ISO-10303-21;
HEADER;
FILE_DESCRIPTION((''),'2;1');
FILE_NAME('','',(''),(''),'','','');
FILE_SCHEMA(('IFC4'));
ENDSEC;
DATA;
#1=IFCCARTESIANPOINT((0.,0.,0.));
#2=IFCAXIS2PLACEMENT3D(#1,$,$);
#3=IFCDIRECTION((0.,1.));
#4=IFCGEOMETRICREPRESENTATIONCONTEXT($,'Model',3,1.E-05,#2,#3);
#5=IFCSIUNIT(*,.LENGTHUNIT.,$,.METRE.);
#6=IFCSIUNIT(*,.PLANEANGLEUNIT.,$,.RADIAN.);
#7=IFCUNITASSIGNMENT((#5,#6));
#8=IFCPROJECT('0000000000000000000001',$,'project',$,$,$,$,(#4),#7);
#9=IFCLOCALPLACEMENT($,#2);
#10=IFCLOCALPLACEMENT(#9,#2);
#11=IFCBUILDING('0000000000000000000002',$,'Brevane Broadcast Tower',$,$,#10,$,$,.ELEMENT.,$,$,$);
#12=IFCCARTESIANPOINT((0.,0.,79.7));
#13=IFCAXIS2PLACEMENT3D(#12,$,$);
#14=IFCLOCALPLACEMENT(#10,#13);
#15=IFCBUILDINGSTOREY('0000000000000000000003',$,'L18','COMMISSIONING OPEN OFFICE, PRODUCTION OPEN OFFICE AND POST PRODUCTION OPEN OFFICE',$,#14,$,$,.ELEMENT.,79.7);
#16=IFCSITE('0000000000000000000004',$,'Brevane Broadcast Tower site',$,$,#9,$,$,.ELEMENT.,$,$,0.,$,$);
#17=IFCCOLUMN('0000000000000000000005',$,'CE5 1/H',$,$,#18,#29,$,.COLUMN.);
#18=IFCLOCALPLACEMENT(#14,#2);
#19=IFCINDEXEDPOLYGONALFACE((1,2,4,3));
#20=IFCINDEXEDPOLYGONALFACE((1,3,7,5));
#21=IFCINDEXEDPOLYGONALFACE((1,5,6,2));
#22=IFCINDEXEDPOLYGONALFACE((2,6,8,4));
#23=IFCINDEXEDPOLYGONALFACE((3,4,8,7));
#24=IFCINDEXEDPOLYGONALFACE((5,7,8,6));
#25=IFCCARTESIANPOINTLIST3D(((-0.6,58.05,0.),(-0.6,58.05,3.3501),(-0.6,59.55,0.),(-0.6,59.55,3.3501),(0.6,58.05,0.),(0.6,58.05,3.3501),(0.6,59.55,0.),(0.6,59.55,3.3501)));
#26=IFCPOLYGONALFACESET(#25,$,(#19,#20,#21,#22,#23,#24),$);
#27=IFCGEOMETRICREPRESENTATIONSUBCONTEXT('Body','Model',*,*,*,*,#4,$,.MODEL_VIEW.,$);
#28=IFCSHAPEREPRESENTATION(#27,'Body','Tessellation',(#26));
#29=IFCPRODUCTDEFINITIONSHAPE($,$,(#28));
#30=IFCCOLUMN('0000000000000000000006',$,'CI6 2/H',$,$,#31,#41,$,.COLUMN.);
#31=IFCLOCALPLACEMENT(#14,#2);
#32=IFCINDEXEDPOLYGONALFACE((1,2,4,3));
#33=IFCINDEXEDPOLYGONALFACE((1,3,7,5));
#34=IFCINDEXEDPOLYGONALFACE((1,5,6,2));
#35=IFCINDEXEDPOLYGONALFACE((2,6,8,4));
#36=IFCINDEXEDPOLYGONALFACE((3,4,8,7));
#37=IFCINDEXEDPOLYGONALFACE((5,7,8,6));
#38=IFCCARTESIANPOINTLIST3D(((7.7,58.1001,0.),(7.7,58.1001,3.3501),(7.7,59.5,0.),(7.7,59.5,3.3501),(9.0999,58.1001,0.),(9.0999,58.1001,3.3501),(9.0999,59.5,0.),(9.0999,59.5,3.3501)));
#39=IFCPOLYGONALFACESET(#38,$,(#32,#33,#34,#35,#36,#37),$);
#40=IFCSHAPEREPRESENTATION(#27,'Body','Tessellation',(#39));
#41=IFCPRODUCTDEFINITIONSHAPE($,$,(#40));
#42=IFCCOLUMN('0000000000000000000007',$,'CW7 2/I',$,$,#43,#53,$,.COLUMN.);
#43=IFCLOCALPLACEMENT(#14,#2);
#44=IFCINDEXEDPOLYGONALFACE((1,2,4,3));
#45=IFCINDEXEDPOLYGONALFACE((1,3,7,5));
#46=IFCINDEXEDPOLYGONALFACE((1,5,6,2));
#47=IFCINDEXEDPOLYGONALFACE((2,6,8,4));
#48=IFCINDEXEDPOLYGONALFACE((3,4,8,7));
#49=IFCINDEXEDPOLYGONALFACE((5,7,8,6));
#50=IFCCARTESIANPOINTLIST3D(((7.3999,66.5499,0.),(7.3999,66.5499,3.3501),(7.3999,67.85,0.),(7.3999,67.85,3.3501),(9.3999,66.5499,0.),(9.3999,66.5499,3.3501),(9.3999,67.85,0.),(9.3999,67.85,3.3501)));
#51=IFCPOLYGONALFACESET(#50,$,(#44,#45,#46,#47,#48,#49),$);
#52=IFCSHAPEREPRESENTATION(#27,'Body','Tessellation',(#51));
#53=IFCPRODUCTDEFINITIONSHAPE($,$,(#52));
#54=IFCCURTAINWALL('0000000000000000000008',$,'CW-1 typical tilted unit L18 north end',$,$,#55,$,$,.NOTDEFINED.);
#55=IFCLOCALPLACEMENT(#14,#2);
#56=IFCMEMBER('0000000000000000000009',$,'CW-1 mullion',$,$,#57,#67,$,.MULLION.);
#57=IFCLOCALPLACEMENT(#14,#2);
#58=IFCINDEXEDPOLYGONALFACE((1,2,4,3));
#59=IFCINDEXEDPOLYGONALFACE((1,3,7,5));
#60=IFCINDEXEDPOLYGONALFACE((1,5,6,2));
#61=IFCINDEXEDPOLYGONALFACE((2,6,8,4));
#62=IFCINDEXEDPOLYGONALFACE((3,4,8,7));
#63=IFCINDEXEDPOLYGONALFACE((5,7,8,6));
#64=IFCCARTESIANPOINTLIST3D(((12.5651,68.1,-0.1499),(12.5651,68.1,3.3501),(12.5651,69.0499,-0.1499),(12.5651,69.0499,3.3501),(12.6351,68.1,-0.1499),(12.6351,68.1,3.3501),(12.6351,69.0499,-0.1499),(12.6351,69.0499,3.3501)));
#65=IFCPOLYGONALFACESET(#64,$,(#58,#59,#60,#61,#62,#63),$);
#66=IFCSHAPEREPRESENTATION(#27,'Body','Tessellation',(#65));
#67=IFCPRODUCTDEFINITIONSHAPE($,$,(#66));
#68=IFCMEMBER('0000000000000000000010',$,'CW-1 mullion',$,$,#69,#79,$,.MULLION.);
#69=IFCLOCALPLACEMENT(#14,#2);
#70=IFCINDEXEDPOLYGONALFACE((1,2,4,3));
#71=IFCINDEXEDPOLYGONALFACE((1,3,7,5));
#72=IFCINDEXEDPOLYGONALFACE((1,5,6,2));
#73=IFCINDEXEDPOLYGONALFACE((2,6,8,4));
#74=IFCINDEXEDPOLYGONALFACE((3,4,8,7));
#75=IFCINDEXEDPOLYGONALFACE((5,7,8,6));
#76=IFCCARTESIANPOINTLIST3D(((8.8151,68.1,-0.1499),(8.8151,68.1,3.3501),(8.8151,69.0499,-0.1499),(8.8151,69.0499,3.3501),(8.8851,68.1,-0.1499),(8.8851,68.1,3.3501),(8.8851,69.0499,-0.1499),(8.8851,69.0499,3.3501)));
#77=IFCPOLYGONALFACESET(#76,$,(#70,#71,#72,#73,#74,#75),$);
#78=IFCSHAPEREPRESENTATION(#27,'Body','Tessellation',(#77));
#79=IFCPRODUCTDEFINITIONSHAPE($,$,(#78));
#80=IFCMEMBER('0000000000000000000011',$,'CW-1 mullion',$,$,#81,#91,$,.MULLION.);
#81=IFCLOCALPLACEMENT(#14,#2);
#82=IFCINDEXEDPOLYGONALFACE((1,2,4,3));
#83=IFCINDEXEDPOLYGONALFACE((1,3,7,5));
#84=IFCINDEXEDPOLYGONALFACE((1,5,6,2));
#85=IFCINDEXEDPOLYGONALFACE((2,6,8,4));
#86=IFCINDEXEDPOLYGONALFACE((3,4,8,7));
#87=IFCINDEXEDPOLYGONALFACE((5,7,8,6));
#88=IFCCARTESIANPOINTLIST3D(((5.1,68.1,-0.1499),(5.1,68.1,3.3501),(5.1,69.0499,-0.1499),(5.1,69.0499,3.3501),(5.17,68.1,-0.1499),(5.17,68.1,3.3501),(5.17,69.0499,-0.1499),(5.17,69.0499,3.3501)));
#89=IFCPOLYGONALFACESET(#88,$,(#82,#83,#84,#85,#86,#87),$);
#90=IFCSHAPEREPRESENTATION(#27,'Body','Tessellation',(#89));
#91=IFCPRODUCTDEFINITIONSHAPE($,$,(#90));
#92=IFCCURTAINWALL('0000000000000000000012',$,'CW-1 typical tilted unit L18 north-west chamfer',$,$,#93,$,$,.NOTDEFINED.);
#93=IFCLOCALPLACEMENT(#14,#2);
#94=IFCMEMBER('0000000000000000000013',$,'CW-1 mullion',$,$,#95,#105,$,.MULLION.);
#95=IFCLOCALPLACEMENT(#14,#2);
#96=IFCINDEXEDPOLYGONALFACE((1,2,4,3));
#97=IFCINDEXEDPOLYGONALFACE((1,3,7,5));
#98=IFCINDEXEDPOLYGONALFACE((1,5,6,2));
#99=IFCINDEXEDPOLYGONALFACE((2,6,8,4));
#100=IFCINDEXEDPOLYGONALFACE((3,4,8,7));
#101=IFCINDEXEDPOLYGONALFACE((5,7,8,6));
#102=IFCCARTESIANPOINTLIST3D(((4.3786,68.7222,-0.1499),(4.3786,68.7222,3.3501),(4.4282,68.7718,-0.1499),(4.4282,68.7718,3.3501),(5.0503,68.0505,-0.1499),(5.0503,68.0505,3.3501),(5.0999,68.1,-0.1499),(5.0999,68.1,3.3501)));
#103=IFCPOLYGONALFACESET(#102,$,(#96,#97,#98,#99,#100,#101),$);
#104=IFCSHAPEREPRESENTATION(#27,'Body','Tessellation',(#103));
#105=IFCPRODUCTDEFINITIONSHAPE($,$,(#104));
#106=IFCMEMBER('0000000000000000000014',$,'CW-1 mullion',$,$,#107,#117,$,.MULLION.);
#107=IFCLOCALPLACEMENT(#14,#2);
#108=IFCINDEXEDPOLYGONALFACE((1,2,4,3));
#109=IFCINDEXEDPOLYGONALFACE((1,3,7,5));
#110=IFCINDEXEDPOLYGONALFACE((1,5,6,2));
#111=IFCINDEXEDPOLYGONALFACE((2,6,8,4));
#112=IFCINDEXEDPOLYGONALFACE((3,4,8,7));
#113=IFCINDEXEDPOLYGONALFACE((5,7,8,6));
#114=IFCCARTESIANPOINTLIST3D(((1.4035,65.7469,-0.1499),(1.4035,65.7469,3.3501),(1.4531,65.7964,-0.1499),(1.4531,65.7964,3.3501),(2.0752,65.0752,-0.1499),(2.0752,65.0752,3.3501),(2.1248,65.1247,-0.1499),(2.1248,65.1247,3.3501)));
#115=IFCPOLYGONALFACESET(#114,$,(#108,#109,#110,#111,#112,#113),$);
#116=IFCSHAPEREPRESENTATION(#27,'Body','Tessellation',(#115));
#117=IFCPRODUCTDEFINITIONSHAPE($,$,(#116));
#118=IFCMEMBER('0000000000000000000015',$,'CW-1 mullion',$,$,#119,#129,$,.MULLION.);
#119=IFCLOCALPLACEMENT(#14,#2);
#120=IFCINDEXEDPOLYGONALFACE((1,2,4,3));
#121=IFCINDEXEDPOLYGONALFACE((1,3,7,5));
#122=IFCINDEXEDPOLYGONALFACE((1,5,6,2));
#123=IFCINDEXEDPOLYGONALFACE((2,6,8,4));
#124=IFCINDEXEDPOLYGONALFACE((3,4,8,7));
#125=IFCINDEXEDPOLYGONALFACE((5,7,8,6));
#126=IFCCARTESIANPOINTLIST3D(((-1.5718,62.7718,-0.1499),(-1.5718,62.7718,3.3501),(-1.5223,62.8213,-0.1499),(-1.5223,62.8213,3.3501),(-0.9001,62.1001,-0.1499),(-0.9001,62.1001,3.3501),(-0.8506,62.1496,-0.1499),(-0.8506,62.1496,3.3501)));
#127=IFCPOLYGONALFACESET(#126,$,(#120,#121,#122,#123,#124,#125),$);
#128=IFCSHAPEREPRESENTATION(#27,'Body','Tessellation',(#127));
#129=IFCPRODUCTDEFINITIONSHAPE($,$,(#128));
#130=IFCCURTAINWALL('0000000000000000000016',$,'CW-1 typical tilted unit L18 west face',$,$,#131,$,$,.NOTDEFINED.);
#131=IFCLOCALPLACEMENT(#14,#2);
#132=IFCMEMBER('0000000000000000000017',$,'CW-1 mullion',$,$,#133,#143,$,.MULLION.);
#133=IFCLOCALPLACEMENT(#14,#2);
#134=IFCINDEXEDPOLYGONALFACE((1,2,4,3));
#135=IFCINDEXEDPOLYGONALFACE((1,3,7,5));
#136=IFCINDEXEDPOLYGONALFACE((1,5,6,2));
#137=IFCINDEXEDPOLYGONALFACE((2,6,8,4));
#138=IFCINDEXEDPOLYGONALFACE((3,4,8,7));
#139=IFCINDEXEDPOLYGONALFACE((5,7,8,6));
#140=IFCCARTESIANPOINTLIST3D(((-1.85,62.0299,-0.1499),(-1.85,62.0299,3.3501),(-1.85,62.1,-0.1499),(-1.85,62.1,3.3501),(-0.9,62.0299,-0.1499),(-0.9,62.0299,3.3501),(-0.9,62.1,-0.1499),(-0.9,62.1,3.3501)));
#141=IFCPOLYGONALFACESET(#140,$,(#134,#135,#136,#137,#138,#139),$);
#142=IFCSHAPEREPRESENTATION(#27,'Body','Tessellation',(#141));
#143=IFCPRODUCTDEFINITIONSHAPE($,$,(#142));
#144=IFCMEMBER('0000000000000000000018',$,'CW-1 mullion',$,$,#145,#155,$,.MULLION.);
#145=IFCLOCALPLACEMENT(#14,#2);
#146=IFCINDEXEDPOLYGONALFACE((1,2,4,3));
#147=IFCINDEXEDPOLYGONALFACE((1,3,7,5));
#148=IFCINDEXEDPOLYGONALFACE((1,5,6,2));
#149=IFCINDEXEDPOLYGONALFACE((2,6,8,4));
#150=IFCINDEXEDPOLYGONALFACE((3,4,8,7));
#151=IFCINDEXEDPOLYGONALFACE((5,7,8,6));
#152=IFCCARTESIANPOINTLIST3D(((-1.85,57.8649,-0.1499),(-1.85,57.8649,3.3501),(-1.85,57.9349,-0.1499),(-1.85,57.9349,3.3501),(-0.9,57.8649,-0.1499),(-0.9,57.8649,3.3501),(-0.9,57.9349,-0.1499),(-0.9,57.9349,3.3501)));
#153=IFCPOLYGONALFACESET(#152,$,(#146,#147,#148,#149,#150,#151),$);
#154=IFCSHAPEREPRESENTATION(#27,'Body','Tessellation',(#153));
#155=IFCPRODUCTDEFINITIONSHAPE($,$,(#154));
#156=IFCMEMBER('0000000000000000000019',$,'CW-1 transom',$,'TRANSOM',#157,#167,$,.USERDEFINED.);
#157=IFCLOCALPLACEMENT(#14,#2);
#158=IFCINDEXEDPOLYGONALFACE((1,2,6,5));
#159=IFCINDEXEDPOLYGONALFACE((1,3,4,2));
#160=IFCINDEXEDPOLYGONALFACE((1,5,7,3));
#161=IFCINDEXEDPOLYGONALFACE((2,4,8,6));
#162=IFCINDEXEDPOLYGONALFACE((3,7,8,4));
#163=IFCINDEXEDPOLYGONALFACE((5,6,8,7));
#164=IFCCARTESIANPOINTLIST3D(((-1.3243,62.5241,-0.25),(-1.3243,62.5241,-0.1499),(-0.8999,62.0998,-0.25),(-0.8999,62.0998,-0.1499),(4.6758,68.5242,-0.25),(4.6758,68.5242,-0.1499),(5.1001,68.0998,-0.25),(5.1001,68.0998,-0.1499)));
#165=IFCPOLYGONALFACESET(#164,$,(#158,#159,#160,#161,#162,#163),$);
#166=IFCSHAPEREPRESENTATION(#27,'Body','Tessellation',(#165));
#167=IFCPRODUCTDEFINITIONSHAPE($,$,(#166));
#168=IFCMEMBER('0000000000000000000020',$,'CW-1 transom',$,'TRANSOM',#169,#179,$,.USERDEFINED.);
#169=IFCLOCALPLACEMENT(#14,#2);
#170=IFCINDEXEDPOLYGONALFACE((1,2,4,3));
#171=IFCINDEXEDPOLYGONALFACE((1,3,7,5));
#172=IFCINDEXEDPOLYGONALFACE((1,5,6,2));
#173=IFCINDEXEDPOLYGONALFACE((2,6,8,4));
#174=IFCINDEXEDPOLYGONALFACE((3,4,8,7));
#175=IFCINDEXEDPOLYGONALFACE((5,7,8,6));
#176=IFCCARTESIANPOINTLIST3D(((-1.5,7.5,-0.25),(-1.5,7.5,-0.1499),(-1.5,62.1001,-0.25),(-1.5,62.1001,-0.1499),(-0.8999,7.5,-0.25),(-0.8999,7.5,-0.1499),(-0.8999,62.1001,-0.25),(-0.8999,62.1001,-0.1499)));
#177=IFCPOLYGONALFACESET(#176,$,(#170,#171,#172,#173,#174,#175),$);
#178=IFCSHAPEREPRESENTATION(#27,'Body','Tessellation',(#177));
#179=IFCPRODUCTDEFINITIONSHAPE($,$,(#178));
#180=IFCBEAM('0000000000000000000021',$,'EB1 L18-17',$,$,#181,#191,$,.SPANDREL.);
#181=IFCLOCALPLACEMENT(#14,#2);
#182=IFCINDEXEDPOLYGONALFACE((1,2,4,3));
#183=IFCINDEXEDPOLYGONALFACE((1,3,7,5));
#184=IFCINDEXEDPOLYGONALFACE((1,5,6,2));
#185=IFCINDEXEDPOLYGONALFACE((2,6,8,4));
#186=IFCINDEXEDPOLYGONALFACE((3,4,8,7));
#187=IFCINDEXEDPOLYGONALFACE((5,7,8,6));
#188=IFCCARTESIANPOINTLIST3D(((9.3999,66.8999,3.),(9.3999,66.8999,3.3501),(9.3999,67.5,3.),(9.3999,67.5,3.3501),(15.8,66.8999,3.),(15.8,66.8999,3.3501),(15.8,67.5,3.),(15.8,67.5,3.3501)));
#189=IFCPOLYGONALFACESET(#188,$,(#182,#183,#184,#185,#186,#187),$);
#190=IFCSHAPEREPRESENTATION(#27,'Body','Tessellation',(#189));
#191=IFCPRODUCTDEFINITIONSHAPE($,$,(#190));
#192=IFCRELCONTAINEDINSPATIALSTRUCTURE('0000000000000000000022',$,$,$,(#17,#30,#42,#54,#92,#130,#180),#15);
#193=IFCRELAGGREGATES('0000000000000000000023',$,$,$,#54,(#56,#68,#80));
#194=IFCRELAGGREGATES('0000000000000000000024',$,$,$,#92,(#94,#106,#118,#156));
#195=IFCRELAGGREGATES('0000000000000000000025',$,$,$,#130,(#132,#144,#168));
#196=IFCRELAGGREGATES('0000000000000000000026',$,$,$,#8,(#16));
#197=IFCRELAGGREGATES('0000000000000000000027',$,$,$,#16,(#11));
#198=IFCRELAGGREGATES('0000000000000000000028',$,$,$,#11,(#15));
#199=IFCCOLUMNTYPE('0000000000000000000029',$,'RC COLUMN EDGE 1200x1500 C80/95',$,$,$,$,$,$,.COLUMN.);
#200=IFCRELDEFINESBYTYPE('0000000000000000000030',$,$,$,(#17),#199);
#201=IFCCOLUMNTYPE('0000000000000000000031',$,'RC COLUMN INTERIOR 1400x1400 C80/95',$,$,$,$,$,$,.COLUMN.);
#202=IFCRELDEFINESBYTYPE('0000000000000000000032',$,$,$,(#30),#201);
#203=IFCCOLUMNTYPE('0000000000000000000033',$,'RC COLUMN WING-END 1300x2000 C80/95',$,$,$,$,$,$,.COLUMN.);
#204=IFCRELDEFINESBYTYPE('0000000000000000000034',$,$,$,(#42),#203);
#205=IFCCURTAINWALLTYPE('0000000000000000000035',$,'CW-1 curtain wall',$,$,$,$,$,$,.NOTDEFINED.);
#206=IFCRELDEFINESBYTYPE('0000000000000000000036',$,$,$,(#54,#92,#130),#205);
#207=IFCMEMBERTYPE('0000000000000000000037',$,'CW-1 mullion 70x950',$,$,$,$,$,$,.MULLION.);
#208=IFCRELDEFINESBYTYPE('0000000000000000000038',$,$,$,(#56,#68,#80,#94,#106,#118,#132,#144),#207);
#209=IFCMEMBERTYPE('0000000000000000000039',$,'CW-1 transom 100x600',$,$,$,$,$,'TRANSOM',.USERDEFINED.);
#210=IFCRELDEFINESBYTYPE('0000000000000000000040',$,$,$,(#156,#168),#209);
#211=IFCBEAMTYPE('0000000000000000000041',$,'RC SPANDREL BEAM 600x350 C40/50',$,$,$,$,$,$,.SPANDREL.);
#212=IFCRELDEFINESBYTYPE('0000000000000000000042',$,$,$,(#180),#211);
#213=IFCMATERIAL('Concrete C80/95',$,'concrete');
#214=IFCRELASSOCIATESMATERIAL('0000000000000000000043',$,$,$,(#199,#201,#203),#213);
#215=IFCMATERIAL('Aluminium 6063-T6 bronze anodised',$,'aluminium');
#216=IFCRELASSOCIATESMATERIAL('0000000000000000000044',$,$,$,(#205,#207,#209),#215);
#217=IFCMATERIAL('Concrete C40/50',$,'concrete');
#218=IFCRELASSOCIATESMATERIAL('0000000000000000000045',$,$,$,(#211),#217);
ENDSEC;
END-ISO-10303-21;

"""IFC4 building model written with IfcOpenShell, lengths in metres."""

from ifc_helpers import new_model, si_unit, direction, frame, origin, origin_2d, place, context, subcontext, project, spatial, rectangle, extrude, material, material_profile, profile_set, type_object, element, aggregate, save


model = new_model("IFC4")

# Units and contexts
model_context = context("Model", 3, precision=1e-05, world=origin(), true_north=direction((0.0, 1.0)))
body_context = subcontext(model_context, "Body", "Model", "MODEL_VIEW")
ifc_project = project(units=[si_unit("LENGTHUNIT", "METRE"), si_unit("PLANEANGLEUNIT", "RADIAN")], contexts=[model_context])

# Site, building, storey
site_placement = place(None, origin())
site = spatial("IfcSite", under=ifc_project, at=site_placement, Name="Brevane Broadcast Tower site", CompositionType="ELEMENT", RefElevation=0.0)
building_placement = place(site_placement, origin())
building = spatial("IfcBuilding", under=site, at=building_placement, Name="Brevane Broadcast Tower", CompositionType="ELEMENT")
storey_placement = place(building_placement, frame((0.0, 0.0, 79.7)))
storey = spatial("IfcBuildingStorey", under=building, at=storey_placement, Name="L18", Description="COMMISSIONING OPEN OFFICE, PRODUCTION OPEN OFFICE AND POST PRODUCTION OPEN OFFICE", CompositionType="ELEMENT", Elevation=79.7)

# Columns
ifc_material_1 = material(Name="Concrete C80/95", Category="concrete")
ifc_material_profile_1 = material_profile(ifc_material_1, rectangle(XDim=1.2, YDim=1.5, at=origin_2d()), Name="RC 1200x1500")
ifc_profile_set_1 = profile_set([ifc_material_profile_1], Name="Concrete C80/95")
column_type_1 = type_object("IfcColumnType", Name="RC COLUMN EDGE 1200x1500 C80/95", PredefinedType="COLUMN", material=ifc_profile_set_1)
column_1_placement = place(storey_placement, frame((0.0, 58.8, 0.0), z_axis=(0.0, 0.0, 1.0), x_axis=(1.0, 0.0, 0.0)))
element("IfcColumn", 1, at=column_1_placement, inside=storey, type_object=column_type_1, Name="CE5 1/H", PredefinedType="COLUMN", context=body_context, shape_type="SweptSolid", body=[
    extrude(rectangle(XDim=1.2, YDim=1.5, at=origin_2d()), origin(), (0.0, 0.0, 1.0), 3.3501),
])
ifc_material_profile_2 = material_profile(ifc_material_1, rectangle(XDim=1.3999, YDim=1.3999, at=origin_2d()), Name="RC 1400x1400")
ifc_profile_set_2 = profile_set([ifc_material_profile_2], Name="Concrete C80/95")
column_type_2 = type_object("IfcColumnType", Name="RC COLUMN INTERIOR 1400x1400 C80/95", PredefinedType="COLUMN", material=ifc_profile_set_2)
column_2_placement = place(storey_placement, frame((8.3999, 58.8, 0.0), z_axis=(0.0, 0.0, 1.0), x_axis=(1.0, 0.0, 0.0)))
element("IfcColumn", 2, at=column_2_placement, inside=storey, type_object=column_type_2, Name="CI6 2/H", PredefinedType="COLUMN", context=body_context, shape_type="SweptSolid", body=[
    extrude(rectangle(XDim=1.3999, YDim=1.3999, at=origin_2d()), origin(), (0.0, 0.0, 1.0), 3.3501),
])
ifc_material_profile_3 = material_profile(ifc_material_1, rectangle(XDim=1.3, YDim=2.0, at=origin_2d()), Name="RC 1300x2000")
ifc_profile_set_3 = profile_set([ifc_material_profile_3], Name="Concrete C80/95")
column_type_3 = type_object("IfcColumnType", Name="RC COLUMN WING-END 1300x2000 C80/95", PredefinedType="COLUMN", material=ifc_profile_set_3)
column_3_placement = place(storey_placement, frame((8.3999, 67.2, 0.0), z_axis=(0.0, 0.0, 1.0), x_axis=(0.0, 1.0, 0.0)))
element("IfcColumn", 3, at=column_3_placement, inside=storey, type_object=column_type_3, Name="CW7 2/I", PredefinedType="COLUMN", context=body_context, shape_type="SweptSolid", body=[
    extrude(rectangle(XDim=1.3, YDim=2.0, at=origin_2d()), origin(), (0.0, 0.0, 1.0), 3.3501),
])

# Curtain walls, members
ifc_material_2 = material(Name="Aluminium 6063-T6 bronze anodised", Category="aluminium")
curtain_wall_type = type_object("IfcCurtainWallType", Name="CW-1 curtain wall", PredefinedType="NOTDEFINED", material=ifc_material_2)
curtain_wall_1_placement = place(storey_placement, origin())
curtain_wall_1 = element("IfcCurtainWall", 4, at=curtain_wall_1_placement, inside=storey, type_object=curtain_wall_type, Name="CW-1 typical tilted unit L18 north end", PredefinedType="NOTDEFINED")
ifc_material_profile_4 = material_profile(ifc_material_2, rectangle(XDim=0.95, YDim=0.0701, at=origin_2d()), Name="RECT 70x950")
ifc_profile_set_4 = profile_set([ifc_material_profile_4], Name="Aluminium 6063-T6 bronze anodised")
member_type_1 = type_object("IfcMemberType", Name="CW-1 mullion 70x950", PredefinedType="MULLION", material=ifc_profile_set_4)
member_1_placement = place(storey_placement, frame((12.6001, 68.575, -0.1499), z_axis=(0.0, 0.0, 1.0), x_axis=(0.0, -1.0, 0.0)))
member_1 = element("IfcMember", 5, at=member_1_placement, type_object=member_type_1, Name="CW-1 mullion", PredefinedType="MULLION", context=body_context, shape_type="SweptSolid", body=[
    extrude(rectangle(XDim=0.95, YDim=0.0701, at=origin_2d()), origin(), (0.0, 0.0, 1.0), 3.5),
])
member_2_placement = place(storey_placement, frame((8.8501, 68.575, -0.1499), z_axis=(0.0, 0.0, 1.0), x_axis=(0.0, -1.0, 0.0)))
member_2 = element("IfcMember", 6, at=member_2_placement, type_object=member_type_1, Name="CW-1 mullion", PredefinedType="MULLION", context=body_context, shape_type="SweptSolid", body=[
    extrude(rectangle(XDim=0.95, YDim=0.0701, at=origin_2d()), origin(), (0.0, 0.0, 1.0), 3.5),
])
member_3_placement = place(storey_placement, frame((5.135, 68.575, -0.1499), z_axis=(0.0, 0.0, 1.0), x_axis=(0.0, -1.0, 0.0)))
member_3 = element("IfcMember", 7, at=member_3_placement, type_object=member_type_1, Name="CW-1 mullion", PredefinedType="MULLION", context=body_context, shape_type="SweptSolid", body=[
    extrude(rectangle(XDim=0.95, YDim=0.0701, at=origin_2d()), origin(), (0.0, 0.0, 1.0), 3.5),
])
aggregate(curtain_wall_1, [member_1, member_2, member_3])
curtain_wall_2_placement = place(storey_placement, origin())
curtain_wall_2 = element("IfcCurtainWall", 8, at=curtain_wall_2_placement, inside=storey, type_object=curtain_wall_type, Name="CW-1 typical tilted unit L18 north-west chamfer", PredefinedType="NOTDEFINED")
member_4_placement = place(storey_placement, frame((4.7393, 68.4111, -0.1499), z_axis=(0.0, 0.0, 1.0), x_axis=(0.707107, -0.707107, 0.0)))
member_4 = element("IfcMember", 9, at=member_4_placement, type_object=member_type_1, Name="CW-1 mullion", PredefinedType="MULLION", context=body_context, shape_type="SweptSolid", body=[
    extrude(rectangle(XDim=0.95, YDim=0.0701, at=origin_2d()), origin(), (0.0, 0.0, 1.0), 3.5),
])
member_5_placement = place(storey_placement, frame((1.7642, 65.4358, -0.1499), z_axis=(0.0, 0.0, 1.0), x_axis=(0.707107, -0.707107, 0.0)))
member_5 = element("IfcMember", 10, at=member_5_placement, type_object=member_type_1, Name="CW-1 mullion", PredefinedType="MULLION", context=body_context, shape_type="SweptSolid", body=[
    extrude(rectangle(XDim=0.95, YDim=0.0701, at=origin_2d()), origin(), (0.0, 0.0, 1.0), 3.5),
])
member_6_placement = place(storey_placement, frame((-1.2112, 62.4607, -0.1499), z_axis=(0.0, 0.0, 1.0), x_axis=(0.707107, -0.707107, 0.0)))
member_6 = element("IfcMember", 11, at=member_6_placement, type_object=member_type_1, Name="CW-1 mullion", PredefinedType="MULLION", context=body_context, shape_type="SweptSolid", body=[
    extrude(rectangle(XDim=0.95, YDim=0.0701, at=origin_2d()), origin(), (0.0, 0.0, 1.0), 3.5),
])
curtain_wall_3_placement = place(storey_placement, origin())
curtain_wall_3 = element("IfcCurtainWall", 12, at=curtain_wall_3_placement, inside=storey, type_object=curtain_wall_type, Name="CW-1 typical tilted unit L18 west face", PredefinedType="NOTDEFINED")
member_7_placement = place(storey_placement, frame((-1.375, 62.0649, -0.1499), z_axis=(0.0, 0.0, 1.0), x_axis=(1.0, 0.0, 0.0)))
member_7 = element("IfcMember", 13, at=member_7_placement, type_object=member_type_1, Name="CW-1 mullion", PredefinedType="MULLION", context=body_context, shape_type="SweptSolid", body=[
    extrude(rectangle(XDim=0.95, YDim=0.0701, at=origin_2d()), origin(), (0.0, 0.0, 1.0), 3.5),
])
member_8_placement = place(storey_placement, frame((-1.375, 57.8999, -0.1499), z_axis=(0.0, 0.0, 1.0), x_axis=(1.0, 0.0, 0.0)))
member_8 = element("IfcMember", 14, at=member_8_placement, type_object=member_type_1, Name="CW-1 mullion", PredefinedType="MULLION", context=body_context, shape_type="SweptSolid", body=[
    extrude(rectangle(XDim=0.95, YDim=0.0701, at=origin_2d()), origin(), (0.0, 0.0, 1.0), 3.5),
])

# Members
ifc_material_profile_5 = material_profile(ifc_material_2, rectangle(XDim=0.6001, YDim=0.1001, at=origin_2d()), Name="RECT 100x600")
ifc_profile_set_5 = profile_set([ifc_material_profile_5], Name="Aluminium 6063-T6 bronze anodised")
member_type_2 = type_object("IfcMemberType", Name="CW-1 transom 100x600", ElementType="TRANSOM", PredefinedType="USERDEFINED", material=ifc_profile_set_5)
member_9_placement = place(storey_placement, frame((4.8879, 68.312, -0.2), z_axis=(-0.707107, -0.707107, 0.0), x_axis=(0.707107, -0.707107, 0.0)))
member_9 = element("IfcMember", 15, at=member_9_placement, type_object=member_type_2, Name="CW-1 transom", ObjectType="TRANSOM", PredefinedType="USERDEFINED", context=body_context, shape_type="SweptSolid", body=[
    extrude(rectangle(XDim=0.6001, YDim=0.1001, at=origin_2d()), origin(), (0.0, 0.0, 1.0), 8.4854),
])
aggregate(curtain_wall_2, [member_4, member_5, member_6, member_9])
member_10_placement = place(storey_placement, frame((-1.2, 62.1001, -0.2), z_axis=(0.0, -1.0, 0.0), x_axis=(1.0, 0.0, 0.0)))
member_10 = element("IfcMember", 16, at=member_10_placement, type_object=member_type_2, Name="CW-1 transom", ObjectType="TRANSOM", PredefinedType="USERDEFINED", context=body_context, shape_type="SweptSolid", body=[
    extrude(rectangle(XDim=0.6001, YDim=0.1001, at=origin_2d()), origin(), (0.0, 0.0, 1.0), 54.6001),
])
aggregate(curtain_wall_3, [member_7, member_8, member_10])

# Beam
ifc_material_3 = material(Name="Concrete C40/50", Category="concrete")
ifc_material_profile_6 = material_profile(ifc_material_3, rectangle(XDim=0.6001, YDim=0.3501, at=origin_2d()), Name="RC 600x350")
ifc_profile_set_6 = profile_set([ifc_material_profile_6], Name="Concrete C40/50")
beam_type = type_object("IfcBeamType", Name="RC SPANDREL BEAM 600x350 C40/50", PredefinedType="SPANDREL", material=ifc_profile_set_6)
beam_1_placement = place(storey_placement, frame((15.8, 67.2, 3.175), z_axis=(-1.0, 0.0, 0.0), x_axis=(0.0, -1.0, 0.0)))
element("IfcBeam", 17, at=beam_1_placement, inside=storey, type_object=beam_type, Name="EB1 L18-17", PredefinedType="SPANDREL", context=body_context, shape_type="SweptSolid", body=[
    extrude(rectangle(XDim=0.6001, YDim=0.3501, at=origin_2d()), origin(), (0.0, 0.0, 1.0), 6.4001),
])

save(model, "model.ifc")
